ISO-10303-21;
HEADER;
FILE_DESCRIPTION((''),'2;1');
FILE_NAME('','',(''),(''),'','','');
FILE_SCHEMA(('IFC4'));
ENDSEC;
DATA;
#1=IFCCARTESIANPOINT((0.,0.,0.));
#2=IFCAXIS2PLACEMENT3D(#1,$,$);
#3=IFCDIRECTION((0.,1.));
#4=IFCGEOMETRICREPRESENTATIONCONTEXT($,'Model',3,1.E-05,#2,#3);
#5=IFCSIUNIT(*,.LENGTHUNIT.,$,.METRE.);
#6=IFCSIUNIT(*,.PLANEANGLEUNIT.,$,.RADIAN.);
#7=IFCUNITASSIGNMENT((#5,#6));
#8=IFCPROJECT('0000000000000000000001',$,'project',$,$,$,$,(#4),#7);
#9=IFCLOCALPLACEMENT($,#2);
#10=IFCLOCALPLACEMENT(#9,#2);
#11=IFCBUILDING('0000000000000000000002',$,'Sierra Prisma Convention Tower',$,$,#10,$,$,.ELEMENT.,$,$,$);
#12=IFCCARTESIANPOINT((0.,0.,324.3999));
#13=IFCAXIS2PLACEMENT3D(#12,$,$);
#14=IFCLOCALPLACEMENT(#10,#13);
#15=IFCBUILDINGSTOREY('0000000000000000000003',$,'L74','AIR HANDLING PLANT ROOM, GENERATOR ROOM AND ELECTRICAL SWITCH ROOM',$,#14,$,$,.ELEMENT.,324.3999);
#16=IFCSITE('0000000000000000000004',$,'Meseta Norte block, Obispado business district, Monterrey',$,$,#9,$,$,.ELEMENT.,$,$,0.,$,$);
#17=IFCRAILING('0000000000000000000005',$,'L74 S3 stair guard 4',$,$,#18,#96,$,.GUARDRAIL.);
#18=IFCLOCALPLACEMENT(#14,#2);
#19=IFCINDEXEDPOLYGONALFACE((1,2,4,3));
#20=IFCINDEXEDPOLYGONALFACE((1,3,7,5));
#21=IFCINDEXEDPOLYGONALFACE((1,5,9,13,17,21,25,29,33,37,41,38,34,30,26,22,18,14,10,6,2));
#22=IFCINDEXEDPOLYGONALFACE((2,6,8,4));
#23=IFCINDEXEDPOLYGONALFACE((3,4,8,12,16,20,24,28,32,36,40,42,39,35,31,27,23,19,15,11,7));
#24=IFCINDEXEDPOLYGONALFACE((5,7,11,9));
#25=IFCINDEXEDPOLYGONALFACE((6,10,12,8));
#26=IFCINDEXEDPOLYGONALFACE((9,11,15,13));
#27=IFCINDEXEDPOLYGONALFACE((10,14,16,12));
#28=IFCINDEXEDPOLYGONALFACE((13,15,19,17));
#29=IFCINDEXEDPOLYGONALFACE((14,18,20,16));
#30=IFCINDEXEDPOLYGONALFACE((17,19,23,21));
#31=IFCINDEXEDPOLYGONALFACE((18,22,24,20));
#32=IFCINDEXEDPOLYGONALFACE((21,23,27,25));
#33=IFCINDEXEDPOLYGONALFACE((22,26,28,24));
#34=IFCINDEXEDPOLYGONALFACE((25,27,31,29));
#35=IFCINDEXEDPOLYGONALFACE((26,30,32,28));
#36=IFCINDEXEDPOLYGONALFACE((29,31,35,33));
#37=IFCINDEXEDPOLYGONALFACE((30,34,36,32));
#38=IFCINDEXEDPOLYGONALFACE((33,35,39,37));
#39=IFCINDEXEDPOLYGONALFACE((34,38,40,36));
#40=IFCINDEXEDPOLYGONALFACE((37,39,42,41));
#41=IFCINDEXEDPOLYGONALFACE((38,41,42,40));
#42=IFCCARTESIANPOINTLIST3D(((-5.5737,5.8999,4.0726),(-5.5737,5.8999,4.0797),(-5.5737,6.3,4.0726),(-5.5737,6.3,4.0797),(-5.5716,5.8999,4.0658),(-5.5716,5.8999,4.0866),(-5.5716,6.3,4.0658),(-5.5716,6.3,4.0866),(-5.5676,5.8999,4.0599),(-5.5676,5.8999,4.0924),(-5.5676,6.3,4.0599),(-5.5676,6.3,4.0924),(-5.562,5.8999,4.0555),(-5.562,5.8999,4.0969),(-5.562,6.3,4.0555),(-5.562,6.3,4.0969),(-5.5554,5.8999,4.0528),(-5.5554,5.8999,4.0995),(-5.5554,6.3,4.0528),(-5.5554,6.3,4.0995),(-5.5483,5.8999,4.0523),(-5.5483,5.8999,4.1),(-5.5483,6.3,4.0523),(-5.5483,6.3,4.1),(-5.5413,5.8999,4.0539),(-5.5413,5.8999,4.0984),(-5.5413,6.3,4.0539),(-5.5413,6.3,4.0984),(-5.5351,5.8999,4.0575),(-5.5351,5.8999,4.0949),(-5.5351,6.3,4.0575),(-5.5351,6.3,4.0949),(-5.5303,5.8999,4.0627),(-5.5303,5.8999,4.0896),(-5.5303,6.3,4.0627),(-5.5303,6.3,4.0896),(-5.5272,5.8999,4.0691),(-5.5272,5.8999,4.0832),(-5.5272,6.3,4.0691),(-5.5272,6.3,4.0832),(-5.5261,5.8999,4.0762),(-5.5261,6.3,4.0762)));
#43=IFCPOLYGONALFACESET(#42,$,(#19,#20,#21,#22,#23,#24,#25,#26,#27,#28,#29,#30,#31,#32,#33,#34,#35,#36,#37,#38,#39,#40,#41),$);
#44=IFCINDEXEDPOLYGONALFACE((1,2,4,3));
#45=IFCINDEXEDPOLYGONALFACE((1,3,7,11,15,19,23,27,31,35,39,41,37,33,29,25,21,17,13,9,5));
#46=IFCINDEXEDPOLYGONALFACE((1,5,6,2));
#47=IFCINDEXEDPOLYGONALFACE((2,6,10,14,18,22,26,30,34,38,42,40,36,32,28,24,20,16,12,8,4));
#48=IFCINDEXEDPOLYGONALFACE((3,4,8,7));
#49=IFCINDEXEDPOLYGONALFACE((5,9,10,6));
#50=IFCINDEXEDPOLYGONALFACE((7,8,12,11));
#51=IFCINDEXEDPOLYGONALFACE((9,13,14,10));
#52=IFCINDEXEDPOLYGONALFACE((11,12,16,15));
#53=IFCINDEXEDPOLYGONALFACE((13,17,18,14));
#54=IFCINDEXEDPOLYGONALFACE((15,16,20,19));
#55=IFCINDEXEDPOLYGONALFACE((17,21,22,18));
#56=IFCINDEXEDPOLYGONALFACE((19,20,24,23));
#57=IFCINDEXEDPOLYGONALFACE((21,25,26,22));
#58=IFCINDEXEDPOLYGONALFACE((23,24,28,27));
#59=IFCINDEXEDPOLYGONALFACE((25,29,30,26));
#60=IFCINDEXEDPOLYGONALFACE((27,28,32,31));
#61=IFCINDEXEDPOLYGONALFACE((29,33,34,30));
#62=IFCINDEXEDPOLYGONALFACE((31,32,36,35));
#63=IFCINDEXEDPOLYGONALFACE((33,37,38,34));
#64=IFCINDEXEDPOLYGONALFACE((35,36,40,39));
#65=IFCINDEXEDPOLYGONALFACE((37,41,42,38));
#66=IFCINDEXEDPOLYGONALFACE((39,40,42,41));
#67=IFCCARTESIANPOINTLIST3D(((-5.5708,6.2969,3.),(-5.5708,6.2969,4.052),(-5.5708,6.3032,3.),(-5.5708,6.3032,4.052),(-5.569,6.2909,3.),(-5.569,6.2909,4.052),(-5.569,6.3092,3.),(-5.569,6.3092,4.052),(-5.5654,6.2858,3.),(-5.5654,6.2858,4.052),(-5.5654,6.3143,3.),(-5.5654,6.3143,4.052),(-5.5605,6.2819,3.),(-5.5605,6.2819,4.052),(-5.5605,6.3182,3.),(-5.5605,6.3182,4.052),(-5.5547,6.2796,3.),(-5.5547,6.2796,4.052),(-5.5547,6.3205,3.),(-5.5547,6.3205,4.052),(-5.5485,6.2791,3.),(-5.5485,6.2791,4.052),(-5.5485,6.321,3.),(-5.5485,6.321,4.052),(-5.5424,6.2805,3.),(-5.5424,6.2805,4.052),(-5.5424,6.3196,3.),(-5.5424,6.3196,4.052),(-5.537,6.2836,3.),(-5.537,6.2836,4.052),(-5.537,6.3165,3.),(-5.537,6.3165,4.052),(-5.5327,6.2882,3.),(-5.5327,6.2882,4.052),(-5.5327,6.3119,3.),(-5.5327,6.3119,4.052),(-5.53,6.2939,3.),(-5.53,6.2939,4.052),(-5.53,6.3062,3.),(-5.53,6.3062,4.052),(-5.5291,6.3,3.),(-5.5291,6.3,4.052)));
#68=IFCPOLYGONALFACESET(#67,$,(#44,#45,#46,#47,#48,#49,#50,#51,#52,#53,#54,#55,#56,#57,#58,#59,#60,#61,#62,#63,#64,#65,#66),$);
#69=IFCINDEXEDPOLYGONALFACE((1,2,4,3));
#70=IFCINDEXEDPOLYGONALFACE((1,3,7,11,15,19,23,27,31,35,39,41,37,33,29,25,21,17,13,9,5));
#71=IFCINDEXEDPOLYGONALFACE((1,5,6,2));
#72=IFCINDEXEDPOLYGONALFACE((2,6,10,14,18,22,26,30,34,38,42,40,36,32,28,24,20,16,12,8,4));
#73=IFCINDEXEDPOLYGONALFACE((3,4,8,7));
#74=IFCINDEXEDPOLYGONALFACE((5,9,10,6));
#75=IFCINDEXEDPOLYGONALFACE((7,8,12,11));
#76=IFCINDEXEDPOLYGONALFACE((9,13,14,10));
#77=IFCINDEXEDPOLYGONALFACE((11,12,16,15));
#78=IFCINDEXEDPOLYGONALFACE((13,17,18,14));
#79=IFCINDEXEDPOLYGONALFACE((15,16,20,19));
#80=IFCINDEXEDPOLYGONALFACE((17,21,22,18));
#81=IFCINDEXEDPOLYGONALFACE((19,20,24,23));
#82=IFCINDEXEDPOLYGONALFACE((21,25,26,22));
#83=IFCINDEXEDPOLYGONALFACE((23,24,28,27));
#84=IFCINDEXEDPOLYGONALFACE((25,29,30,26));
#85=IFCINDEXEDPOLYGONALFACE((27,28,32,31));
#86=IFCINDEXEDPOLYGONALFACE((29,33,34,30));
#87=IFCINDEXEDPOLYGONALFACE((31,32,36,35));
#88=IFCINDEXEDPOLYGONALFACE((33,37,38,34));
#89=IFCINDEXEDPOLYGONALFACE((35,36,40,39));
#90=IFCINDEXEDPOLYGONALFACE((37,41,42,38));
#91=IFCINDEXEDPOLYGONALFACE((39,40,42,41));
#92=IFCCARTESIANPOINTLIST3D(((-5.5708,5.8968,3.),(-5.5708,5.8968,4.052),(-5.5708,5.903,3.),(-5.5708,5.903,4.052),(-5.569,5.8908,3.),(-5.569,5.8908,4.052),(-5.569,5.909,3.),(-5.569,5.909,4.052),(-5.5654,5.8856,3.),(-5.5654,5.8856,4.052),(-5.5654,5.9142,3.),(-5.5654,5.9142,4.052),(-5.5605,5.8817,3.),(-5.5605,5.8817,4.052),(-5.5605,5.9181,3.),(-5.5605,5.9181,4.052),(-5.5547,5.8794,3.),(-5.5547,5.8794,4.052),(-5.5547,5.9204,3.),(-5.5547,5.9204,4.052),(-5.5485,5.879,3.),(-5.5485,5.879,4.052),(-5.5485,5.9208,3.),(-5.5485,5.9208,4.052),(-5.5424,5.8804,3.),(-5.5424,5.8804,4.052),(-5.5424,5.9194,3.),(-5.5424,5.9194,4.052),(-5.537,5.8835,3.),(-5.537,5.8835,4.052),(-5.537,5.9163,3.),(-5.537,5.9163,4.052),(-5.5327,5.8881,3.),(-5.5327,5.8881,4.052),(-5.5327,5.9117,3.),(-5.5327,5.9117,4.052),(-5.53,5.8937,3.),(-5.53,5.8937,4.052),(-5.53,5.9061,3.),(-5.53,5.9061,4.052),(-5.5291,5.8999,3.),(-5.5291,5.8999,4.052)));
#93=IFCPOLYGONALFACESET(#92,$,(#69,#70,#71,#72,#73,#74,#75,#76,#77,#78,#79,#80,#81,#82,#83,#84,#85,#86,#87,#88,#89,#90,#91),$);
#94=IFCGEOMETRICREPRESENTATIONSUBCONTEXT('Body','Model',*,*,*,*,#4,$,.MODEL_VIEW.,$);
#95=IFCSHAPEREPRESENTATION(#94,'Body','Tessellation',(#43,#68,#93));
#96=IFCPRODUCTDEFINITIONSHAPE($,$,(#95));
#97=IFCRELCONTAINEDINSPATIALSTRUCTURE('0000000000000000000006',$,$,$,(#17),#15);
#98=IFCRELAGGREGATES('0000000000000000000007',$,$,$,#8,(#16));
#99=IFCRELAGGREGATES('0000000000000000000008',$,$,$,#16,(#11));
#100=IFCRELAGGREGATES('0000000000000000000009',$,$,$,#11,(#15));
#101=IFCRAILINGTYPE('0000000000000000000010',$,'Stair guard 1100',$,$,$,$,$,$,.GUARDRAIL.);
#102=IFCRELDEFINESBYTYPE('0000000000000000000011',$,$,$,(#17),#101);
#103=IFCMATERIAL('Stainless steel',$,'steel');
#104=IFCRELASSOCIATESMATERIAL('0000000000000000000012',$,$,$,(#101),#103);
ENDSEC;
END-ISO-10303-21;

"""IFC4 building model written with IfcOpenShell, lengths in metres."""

from ifc_helpers import new_model, si_unit, direction, frame, origin, origin_2d, place, context, subcontext, project, spatial, circle, extrude, material, type_object, element, save


model = new_model("IFC4")

# Units and contexts
model_context = context("Model", 3, precision=1e-05, world=origin(), true_north=direction((0.0, 1.0)))
body_context = subcontext(model_context, "Body", "Model", "MODEL_VIEW")
ifc_project = project(units=[si_unit("LENGTHUNIT", "METRE"), si_unit("PLANEANGLEUNIT", "RADIAN")], contexts=[model_context])

# Site, building, storey
site_placement = place(None, origin())
site = spatial("IfcSite", under=ifc_project, at=site_placement, Name="Meseta Norte block, Obispado business district, Monterrey", CompositionType="ELEMENT", RefElevation=0.0)
building_placement = place(site_placement, origin())
building = spatial("IfcBuilding", under=site, at=building_placement, Name="Sierra Prisma Convention Tower", CompositionType="ELEMENT")
storey_placement = place(building_placement, frame((0.0, 0.0, 324.3999)))
storey = spatial("IfcBuildingStorey", under=building, at=storey_placement, Name="L74", Description="AIR HANDLING PLANT ROOM, GENERATOR ROOM AND ELECTRICAL SWITCH ROOM", CompositionType="ELEMENT", Elevation=324.3999)

# Railing
ifc_material_1 = material(Name="Stainless steel", Category="steel")
railing_type_1 = type_object("IfcRailingType", Name="Stair guard 1100", PredefinedType="GUARDRAIL", material=ifc_material_1)
railing_1_placement = place(storey_placement, frame((-5.55, 6.3, 3.0)))
element("IfcRailing", 1, at=railing_1_placement, inside=storey, type_object=railing_type_1, Name="L74 S3 stair guard 4", PredefinedType="GUARDRAIL", context=body_context, shape_type="SweptSolid", body=[
    extrude(circle(Radius=0.0239, at=origin_2d()), frame((0.0, 0.0, 1.0762), z_axis=(0.0, -1.0, 0.0), x_axis=(1.0, 0.0, 0.0)), (0.0, 0.0, 1.0), 0.4001),
    extrude(circle(Radius=0.021, at=origin_2d()), origin(), (0.0, 0.0, 1.0), 1.052),
    extrude(circle(Radius=0.021, at=origin_2d()), frame((0.0, -0.4001, 0.0)), (0.0, 0.0, 1.0), 1.052),
])

save(model, "model.ifc")
